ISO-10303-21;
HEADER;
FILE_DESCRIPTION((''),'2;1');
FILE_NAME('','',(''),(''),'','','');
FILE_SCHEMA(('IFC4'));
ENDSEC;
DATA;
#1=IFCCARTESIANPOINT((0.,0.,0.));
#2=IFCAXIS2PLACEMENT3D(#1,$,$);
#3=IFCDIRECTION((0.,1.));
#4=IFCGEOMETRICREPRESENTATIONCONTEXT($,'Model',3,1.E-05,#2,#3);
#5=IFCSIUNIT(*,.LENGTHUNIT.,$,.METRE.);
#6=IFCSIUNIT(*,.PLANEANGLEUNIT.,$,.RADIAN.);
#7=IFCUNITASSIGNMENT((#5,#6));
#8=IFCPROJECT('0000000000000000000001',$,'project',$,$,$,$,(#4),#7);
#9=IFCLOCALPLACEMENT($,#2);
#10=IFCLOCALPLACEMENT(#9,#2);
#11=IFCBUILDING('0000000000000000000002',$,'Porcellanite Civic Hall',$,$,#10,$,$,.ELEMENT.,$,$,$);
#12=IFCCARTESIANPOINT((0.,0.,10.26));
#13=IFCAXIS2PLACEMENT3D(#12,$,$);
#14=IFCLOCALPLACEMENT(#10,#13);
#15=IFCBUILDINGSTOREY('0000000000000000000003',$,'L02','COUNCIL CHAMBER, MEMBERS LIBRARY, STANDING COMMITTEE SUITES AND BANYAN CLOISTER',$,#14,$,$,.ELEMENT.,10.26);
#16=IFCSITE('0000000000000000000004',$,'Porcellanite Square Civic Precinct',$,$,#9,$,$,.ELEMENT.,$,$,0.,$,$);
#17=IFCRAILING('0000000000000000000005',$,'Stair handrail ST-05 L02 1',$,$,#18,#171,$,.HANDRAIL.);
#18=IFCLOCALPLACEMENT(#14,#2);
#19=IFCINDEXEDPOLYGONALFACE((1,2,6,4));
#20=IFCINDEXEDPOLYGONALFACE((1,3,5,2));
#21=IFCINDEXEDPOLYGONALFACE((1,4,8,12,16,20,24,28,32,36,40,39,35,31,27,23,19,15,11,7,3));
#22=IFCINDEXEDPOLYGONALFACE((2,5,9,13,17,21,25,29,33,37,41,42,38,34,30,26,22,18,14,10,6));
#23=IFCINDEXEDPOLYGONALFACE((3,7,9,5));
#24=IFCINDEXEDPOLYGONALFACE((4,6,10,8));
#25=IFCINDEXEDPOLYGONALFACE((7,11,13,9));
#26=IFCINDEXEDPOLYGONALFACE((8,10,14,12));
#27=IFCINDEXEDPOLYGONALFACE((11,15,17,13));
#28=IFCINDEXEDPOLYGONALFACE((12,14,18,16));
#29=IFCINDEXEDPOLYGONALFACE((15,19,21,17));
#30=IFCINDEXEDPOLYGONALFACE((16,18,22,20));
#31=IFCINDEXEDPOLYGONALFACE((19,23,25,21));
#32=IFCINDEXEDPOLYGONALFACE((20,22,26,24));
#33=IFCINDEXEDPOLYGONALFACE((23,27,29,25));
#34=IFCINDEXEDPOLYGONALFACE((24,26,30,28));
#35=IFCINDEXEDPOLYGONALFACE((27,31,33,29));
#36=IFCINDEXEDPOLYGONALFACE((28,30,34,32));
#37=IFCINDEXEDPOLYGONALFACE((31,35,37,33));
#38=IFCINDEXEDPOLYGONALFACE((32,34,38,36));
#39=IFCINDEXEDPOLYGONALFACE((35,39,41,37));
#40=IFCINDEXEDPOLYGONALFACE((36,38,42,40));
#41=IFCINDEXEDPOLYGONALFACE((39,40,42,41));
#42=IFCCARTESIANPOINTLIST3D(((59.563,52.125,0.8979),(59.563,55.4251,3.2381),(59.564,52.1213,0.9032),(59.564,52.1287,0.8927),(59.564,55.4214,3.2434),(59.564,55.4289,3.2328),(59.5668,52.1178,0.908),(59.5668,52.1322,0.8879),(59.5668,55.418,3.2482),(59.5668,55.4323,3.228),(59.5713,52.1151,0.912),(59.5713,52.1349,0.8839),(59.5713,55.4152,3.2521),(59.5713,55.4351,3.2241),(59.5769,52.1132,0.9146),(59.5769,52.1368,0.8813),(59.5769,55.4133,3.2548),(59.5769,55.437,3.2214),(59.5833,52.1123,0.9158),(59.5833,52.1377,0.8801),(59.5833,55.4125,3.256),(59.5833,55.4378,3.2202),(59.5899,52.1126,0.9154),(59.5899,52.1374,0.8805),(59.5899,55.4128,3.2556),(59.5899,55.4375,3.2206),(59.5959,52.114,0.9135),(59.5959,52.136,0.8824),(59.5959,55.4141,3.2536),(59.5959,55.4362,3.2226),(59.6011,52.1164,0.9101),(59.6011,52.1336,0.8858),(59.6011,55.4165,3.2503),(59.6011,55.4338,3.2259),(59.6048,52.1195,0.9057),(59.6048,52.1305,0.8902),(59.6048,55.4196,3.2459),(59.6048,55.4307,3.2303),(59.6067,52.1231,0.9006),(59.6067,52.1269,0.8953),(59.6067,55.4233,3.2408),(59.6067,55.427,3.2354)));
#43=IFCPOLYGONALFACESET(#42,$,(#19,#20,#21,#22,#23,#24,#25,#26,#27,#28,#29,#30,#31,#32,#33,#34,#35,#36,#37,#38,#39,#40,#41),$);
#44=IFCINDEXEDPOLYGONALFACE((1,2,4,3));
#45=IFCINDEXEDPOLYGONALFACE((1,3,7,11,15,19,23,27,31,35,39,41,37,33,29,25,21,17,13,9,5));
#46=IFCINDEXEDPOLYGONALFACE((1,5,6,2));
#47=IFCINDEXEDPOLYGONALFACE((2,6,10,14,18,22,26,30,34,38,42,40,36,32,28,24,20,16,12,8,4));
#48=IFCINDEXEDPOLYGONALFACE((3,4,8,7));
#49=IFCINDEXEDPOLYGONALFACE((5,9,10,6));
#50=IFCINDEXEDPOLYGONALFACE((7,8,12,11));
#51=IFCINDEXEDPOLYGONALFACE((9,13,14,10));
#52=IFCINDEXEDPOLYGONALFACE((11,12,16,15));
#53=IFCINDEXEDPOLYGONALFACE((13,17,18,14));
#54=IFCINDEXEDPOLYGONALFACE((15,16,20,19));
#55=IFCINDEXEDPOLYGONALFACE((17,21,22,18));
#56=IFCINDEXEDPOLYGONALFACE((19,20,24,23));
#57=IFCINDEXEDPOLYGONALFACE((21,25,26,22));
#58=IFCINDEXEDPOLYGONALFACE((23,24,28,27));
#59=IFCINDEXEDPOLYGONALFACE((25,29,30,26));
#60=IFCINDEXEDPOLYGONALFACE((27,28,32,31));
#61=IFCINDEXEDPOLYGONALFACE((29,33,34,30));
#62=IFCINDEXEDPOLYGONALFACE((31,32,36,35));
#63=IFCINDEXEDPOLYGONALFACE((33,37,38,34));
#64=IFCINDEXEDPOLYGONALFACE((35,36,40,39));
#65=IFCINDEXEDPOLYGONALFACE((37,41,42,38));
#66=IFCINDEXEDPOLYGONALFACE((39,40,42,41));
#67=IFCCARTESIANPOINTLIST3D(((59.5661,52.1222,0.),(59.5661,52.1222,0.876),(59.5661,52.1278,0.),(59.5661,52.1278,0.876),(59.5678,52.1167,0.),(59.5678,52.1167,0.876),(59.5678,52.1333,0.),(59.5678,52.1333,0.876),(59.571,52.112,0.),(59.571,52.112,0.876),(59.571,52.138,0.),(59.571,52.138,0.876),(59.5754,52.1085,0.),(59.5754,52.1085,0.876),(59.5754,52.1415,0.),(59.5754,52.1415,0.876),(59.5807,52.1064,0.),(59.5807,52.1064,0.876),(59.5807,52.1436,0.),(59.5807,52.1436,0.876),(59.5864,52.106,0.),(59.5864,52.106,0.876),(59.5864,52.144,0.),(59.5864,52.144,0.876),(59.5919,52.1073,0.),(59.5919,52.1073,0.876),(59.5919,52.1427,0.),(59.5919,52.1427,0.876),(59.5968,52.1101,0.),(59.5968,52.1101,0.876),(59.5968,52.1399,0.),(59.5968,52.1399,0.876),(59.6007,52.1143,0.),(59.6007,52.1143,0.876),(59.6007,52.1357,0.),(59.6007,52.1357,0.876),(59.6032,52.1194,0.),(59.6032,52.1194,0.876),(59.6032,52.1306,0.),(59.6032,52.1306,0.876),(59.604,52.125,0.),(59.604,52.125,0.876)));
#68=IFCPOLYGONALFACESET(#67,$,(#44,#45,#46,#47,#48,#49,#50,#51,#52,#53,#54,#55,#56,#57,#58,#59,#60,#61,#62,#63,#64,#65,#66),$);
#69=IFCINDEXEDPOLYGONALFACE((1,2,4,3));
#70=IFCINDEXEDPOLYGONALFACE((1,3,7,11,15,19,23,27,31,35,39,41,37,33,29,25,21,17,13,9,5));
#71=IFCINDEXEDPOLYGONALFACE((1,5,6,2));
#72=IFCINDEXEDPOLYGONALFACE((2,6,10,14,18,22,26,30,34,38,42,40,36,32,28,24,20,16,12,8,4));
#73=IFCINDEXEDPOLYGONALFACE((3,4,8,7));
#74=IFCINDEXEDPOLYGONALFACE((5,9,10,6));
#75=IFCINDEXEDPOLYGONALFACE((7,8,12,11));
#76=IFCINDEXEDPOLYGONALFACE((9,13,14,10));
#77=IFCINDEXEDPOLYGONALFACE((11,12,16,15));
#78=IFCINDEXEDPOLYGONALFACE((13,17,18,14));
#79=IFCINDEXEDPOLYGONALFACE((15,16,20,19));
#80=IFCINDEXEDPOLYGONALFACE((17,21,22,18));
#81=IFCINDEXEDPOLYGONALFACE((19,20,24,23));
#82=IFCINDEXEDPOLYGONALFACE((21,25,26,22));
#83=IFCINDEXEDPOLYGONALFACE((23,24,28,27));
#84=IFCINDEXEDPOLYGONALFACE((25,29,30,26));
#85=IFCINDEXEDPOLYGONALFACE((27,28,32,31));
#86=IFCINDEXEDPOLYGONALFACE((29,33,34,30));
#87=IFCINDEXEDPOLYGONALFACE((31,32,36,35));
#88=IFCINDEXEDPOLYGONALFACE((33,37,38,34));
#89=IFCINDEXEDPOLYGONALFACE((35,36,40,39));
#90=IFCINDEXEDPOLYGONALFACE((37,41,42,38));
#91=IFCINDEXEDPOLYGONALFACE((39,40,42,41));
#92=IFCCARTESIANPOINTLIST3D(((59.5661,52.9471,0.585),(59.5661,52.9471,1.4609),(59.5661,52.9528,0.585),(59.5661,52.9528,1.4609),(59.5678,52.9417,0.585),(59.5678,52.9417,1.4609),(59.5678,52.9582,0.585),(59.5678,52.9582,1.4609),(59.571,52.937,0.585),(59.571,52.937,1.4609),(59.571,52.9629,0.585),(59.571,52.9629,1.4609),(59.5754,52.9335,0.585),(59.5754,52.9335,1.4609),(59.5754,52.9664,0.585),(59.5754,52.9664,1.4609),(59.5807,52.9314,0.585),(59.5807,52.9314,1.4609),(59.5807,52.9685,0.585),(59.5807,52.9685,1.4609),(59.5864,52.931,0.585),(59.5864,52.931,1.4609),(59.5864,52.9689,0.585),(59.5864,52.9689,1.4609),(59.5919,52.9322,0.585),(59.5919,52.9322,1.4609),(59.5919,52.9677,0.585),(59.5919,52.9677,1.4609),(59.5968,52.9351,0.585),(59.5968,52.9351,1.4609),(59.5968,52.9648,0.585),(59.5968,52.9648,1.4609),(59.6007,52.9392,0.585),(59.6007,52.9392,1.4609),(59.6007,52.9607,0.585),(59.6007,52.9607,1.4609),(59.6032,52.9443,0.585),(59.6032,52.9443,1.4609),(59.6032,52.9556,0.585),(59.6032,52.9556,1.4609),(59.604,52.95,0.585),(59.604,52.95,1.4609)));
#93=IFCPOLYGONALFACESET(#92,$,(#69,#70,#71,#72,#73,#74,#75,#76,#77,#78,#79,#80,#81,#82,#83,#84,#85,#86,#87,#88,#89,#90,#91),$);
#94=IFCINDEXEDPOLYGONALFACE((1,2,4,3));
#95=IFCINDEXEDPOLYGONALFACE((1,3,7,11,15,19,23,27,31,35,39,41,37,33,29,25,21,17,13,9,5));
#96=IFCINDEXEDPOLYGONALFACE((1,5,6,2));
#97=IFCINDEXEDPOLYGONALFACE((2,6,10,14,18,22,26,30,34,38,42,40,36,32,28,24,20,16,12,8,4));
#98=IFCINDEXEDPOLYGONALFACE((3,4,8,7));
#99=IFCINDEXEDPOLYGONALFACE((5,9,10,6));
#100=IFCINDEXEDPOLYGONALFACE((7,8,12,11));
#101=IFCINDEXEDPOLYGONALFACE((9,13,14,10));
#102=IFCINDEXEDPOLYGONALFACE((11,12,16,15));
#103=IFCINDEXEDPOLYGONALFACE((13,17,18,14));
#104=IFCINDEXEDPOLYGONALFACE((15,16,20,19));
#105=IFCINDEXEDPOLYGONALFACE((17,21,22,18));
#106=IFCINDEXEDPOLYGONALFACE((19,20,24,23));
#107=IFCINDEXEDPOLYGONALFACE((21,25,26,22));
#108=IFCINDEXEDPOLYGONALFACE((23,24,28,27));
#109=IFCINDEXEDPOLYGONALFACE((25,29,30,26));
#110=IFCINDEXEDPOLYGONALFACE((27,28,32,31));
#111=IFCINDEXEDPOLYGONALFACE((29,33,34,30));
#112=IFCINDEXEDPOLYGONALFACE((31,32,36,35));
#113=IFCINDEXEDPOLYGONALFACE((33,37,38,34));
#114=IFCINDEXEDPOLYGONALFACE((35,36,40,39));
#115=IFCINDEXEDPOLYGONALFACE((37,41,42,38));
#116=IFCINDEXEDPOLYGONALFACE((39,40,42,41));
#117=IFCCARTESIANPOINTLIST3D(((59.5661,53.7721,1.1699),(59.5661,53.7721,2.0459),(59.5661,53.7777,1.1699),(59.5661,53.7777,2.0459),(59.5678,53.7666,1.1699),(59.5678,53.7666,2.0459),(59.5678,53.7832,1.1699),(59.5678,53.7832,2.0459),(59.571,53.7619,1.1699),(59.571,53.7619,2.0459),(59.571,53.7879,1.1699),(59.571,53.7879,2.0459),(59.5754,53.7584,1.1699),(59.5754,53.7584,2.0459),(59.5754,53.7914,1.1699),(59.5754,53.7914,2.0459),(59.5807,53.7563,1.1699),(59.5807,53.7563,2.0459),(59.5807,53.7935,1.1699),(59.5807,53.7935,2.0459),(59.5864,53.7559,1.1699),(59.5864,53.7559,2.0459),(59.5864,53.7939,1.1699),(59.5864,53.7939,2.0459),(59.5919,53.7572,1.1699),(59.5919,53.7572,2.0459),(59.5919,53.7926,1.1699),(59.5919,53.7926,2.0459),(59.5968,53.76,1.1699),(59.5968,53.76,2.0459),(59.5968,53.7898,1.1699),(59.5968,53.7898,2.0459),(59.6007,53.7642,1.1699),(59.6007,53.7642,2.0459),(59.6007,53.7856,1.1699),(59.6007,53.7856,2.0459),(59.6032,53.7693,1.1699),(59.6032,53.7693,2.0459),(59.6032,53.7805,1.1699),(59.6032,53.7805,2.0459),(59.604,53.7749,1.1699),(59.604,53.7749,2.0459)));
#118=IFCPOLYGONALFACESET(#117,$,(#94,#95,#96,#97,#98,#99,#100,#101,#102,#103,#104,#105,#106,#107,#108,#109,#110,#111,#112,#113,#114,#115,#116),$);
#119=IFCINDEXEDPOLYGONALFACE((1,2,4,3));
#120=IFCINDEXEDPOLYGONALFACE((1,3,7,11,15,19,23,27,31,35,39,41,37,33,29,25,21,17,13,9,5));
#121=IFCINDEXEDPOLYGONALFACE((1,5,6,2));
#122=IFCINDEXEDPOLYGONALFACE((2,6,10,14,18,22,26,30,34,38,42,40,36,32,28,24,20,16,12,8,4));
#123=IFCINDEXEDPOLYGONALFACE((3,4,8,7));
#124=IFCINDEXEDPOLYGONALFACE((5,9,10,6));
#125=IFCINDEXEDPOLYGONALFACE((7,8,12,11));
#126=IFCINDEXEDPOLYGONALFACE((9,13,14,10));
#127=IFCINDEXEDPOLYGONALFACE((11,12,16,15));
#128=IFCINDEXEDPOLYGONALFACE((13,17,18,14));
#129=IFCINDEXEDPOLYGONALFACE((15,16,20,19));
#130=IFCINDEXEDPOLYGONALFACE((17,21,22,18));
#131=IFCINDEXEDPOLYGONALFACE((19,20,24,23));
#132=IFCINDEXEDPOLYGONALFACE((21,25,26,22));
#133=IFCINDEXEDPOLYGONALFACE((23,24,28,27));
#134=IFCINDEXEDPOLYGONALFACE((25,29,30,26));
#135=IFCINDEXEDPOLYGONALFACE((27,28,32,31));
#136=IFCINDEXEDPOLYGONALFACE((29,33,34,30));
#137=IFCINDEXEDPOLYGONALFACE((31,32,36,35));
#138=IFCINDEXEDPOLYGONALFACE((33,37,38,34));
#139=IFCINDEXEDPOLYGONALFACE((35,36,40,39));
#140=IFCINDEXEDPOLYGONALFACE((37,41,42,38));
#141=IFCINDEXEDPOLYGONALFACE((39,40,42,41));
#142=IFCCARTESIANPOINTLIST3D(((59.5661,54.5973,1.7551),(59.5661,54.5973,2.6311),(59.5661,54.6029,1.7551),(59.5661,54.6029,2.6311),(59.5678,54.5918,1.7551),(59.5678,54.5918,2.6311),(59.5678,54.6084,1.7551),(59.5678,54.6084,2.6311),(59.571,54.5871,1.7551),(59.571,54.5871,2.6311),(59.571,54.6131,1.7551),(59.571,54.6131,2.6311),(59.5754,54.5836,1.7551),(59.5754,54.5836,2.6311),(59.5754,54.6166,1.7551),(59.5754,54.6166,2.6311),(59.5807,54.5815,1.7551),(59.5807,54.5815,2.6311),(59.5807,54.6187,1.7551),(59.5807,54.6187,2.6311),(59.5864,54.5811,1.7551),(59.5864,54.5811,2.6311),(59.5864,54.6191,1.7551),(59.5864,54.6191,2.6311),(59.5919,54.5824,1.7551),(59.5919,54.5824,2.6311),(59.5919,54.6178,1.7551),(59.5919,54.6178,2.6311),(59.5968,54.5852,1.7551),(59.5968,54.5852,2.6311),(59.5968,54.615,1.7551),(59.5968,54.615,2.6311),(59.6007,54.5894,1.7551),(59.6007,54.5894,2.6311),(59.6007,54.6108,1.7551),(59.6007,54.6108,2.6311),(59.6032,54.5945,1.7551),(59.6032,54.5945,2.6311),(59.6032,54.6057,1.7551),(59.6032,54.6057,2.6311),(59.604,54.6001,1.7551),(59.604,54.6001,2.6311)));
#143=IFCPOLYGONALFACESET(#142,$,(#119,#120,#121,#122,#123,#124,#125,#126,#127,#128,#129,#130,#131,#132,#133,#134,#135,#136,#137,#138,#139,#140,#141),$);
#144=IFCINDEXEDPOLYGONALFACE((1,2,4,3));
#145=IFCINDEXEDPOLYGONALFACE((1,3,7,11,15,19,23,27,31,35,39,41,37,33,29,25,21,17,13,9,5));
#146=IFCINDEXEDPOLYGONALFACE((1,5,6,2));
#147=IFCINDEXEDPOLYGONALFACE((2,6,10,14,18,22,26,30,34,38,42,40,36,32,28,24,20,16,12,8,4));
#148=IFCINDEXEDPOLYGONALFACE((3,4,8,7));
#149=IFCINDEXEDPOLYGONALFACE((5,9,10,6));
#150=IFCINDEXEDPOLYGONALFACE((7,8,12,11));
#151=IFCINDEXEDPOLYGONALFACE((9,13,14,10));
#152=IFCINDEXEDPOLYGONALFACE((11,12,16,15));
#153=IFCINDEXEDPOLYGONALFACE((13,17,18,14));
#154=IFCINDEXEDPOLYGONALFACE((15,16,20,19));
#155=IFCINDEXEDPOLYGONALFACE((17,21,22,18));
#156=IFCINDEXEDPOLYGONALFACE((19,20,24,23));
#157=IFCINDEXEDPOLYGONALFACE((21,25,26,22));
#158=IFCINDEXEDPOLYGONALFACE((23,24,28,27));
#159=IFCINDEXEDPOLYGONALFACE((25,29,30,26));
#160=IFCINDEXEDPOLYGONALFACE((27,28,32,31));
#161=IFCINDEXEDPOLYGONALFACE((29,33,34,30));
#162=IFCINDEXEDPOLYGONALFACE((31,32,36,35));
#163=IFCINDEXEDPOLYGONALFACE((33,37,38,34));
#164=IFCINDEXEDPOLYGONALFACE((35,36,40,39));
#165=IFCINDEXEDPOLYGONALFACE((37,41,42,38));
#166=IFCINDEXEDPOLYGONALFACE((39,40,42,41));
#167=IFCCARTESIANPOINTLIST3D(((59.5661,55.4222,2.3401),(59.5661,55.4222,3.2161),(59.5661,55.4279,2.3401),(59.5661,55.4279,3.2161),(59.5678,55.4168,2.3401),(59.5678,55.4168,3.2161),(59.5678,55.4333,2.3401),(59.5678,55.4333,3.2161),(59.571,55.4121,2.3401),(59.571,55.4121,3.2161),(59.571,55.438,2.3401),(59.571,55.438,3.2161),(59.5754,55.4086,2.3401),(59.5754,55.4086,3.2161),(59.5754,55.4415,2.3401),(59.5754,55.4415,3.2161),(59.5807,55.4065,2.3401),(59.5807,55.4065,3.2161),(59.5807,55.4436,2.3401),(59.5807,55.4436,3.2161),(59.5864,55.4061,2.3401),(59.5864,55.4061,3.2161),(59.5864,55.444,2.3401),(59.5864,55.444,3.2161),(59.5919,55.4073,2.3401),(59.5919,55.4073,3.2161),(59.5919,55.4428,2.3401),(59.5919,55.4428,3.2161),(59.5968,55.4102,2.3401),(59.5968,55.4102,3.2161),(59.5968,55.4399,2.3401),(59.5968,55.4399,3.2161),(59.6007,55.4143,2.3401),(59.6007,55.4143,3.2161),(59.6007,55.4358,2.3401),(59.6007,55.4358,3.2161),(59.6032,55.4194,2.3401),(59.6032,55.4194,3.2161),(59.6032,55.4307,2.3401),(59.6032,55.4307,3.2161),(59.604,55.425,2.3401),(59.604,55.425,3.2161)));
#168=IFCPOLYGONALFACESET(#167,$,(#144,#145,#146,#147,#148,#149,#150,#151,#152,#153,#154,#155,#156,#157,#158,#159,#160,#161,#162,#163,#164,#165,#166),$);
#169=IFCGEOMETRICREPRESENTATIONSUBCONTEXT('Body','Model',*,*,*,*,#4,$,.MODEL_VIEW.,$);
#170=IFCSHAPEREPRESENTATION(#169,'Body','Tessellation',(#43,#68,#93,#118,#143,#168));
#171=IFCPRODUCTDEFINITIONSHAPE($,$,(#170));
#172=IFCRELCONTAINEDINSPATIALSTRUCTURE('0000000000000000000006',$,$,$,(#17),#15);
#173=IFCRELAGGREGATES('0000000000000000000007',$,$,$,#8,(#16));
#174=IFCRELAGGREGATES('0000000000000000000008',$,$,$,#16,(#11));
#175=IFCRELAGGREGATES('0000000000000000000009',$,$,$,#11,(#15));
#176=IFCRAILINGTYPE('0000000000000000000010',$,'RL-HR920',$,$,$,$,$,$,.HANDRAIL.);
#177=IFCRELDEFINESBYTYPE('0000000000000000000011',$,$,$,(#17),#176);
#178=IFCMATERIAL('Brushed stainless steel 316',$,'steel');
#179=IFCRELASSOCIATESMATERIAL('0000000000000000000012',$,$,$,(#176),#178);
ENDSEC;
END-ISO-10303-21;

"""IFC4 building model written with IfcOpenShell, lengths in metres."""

from ifc_helpers import new_model, si_unit, direction, frame, origin, origin_2d, place, context, subcontext, project, spatial, circle, extrude, material, type_object, element, save


model = new_model("IFC4")

# Units and contexts
model_context = context("Model", 3, precision=1e-05, world=origin(), true_north=direction((0.0, 1.0)))
body_context = subcontext(model_context, "Body", "Model", "MODEL_VIEW")
ifc_project = project(units=[si_unit("LENGTHUNIT", "METRE"), si_unit("PLANEANGLEUNIT", "RADIAN")], contexts=[model_context])

# Site, building, storey
site_placement = place(None, origin())
site = spatial("IfcSite", under=ifc_project, at=site_placement, Name="Porcellanite Square Civic Precinct", CompositionType="ELEMENT", RefElevation=0.0)
building_placement = place(site_placement, origin())
building = spatial("IfcBuilding", under=site, at=building_placement, Name="Porcellanite Civic Hall", CompositionType="ELEMENT")
storey_placement = place(building_placement, frame((0.0, 0.0, 10.26)))
storey = spatial("IfcBuildingStorey", under=building, at=storey_placement, Name="L02", Description="COUNCIL CHAMBER, MEMBERS LIBRARY, STANDING COMMITTEE SUITES AND BANYAN CLOISTER", CompositionType="ELEMENT", Elevation=10.26)

# Railing
ifc_material_1 = material(Name="Brushed stainless steel 316", Category="steel")
railing_type_1 = type_object("IfcRailingType", Name="RL-HR920", PredefinedType="HANDRAIL", material=ifc_material_1)
railing_1_placement = place(storey_placement, frame((59.585, 52.125, 0.0)))
element("IfcRailing", 1, at=railing_1_placement, inside=storey, type_object=railing_type_1, Name="Stair handrail ST-05 L02 1", PredefinedType="HANDRAIL", context=body_context, shape_type="SweptSolid", body=[
    extrude(circle(Radius=0.022, at=origin_2d()), frame((0.0, 0.0, 0.8979), z_axis=(0.0, 0.815727, 0.578438), x_axis=(-1.0, 0.0, 0.0)), (0.0, 0.0, 1.0), 4.0457),
    extrude(circle(Radius=0.019, at=origin_2d()), origin(), (0.0, 0.0, 1.0), 0.876),
    extrude(circle(Radius=0.019, at=origin_2d()), frame((0.0, 0.825, 0.585)), (0.0, 0.0, 1.0), 0.876),
    extrude(circle(Radius=0.019, at=origin_2d()), frame((0.0, 1.6499, 1.1699)), (0.0, 0.0, 1.0), 0.876),
    extrude(circle(Radius=0.019, at=origin_2d()), frame((0.0, 2.4751, 1.7551)), (0.0, 0.0, 1.0), 0.876),
    extrude(circle(Radius=0.019, at=origin_2d()), frame((0.0, 3.3, 2.3401)), (0.0, 0.0, 1.0), 0.876),
])

save(model, "model.ifc")
